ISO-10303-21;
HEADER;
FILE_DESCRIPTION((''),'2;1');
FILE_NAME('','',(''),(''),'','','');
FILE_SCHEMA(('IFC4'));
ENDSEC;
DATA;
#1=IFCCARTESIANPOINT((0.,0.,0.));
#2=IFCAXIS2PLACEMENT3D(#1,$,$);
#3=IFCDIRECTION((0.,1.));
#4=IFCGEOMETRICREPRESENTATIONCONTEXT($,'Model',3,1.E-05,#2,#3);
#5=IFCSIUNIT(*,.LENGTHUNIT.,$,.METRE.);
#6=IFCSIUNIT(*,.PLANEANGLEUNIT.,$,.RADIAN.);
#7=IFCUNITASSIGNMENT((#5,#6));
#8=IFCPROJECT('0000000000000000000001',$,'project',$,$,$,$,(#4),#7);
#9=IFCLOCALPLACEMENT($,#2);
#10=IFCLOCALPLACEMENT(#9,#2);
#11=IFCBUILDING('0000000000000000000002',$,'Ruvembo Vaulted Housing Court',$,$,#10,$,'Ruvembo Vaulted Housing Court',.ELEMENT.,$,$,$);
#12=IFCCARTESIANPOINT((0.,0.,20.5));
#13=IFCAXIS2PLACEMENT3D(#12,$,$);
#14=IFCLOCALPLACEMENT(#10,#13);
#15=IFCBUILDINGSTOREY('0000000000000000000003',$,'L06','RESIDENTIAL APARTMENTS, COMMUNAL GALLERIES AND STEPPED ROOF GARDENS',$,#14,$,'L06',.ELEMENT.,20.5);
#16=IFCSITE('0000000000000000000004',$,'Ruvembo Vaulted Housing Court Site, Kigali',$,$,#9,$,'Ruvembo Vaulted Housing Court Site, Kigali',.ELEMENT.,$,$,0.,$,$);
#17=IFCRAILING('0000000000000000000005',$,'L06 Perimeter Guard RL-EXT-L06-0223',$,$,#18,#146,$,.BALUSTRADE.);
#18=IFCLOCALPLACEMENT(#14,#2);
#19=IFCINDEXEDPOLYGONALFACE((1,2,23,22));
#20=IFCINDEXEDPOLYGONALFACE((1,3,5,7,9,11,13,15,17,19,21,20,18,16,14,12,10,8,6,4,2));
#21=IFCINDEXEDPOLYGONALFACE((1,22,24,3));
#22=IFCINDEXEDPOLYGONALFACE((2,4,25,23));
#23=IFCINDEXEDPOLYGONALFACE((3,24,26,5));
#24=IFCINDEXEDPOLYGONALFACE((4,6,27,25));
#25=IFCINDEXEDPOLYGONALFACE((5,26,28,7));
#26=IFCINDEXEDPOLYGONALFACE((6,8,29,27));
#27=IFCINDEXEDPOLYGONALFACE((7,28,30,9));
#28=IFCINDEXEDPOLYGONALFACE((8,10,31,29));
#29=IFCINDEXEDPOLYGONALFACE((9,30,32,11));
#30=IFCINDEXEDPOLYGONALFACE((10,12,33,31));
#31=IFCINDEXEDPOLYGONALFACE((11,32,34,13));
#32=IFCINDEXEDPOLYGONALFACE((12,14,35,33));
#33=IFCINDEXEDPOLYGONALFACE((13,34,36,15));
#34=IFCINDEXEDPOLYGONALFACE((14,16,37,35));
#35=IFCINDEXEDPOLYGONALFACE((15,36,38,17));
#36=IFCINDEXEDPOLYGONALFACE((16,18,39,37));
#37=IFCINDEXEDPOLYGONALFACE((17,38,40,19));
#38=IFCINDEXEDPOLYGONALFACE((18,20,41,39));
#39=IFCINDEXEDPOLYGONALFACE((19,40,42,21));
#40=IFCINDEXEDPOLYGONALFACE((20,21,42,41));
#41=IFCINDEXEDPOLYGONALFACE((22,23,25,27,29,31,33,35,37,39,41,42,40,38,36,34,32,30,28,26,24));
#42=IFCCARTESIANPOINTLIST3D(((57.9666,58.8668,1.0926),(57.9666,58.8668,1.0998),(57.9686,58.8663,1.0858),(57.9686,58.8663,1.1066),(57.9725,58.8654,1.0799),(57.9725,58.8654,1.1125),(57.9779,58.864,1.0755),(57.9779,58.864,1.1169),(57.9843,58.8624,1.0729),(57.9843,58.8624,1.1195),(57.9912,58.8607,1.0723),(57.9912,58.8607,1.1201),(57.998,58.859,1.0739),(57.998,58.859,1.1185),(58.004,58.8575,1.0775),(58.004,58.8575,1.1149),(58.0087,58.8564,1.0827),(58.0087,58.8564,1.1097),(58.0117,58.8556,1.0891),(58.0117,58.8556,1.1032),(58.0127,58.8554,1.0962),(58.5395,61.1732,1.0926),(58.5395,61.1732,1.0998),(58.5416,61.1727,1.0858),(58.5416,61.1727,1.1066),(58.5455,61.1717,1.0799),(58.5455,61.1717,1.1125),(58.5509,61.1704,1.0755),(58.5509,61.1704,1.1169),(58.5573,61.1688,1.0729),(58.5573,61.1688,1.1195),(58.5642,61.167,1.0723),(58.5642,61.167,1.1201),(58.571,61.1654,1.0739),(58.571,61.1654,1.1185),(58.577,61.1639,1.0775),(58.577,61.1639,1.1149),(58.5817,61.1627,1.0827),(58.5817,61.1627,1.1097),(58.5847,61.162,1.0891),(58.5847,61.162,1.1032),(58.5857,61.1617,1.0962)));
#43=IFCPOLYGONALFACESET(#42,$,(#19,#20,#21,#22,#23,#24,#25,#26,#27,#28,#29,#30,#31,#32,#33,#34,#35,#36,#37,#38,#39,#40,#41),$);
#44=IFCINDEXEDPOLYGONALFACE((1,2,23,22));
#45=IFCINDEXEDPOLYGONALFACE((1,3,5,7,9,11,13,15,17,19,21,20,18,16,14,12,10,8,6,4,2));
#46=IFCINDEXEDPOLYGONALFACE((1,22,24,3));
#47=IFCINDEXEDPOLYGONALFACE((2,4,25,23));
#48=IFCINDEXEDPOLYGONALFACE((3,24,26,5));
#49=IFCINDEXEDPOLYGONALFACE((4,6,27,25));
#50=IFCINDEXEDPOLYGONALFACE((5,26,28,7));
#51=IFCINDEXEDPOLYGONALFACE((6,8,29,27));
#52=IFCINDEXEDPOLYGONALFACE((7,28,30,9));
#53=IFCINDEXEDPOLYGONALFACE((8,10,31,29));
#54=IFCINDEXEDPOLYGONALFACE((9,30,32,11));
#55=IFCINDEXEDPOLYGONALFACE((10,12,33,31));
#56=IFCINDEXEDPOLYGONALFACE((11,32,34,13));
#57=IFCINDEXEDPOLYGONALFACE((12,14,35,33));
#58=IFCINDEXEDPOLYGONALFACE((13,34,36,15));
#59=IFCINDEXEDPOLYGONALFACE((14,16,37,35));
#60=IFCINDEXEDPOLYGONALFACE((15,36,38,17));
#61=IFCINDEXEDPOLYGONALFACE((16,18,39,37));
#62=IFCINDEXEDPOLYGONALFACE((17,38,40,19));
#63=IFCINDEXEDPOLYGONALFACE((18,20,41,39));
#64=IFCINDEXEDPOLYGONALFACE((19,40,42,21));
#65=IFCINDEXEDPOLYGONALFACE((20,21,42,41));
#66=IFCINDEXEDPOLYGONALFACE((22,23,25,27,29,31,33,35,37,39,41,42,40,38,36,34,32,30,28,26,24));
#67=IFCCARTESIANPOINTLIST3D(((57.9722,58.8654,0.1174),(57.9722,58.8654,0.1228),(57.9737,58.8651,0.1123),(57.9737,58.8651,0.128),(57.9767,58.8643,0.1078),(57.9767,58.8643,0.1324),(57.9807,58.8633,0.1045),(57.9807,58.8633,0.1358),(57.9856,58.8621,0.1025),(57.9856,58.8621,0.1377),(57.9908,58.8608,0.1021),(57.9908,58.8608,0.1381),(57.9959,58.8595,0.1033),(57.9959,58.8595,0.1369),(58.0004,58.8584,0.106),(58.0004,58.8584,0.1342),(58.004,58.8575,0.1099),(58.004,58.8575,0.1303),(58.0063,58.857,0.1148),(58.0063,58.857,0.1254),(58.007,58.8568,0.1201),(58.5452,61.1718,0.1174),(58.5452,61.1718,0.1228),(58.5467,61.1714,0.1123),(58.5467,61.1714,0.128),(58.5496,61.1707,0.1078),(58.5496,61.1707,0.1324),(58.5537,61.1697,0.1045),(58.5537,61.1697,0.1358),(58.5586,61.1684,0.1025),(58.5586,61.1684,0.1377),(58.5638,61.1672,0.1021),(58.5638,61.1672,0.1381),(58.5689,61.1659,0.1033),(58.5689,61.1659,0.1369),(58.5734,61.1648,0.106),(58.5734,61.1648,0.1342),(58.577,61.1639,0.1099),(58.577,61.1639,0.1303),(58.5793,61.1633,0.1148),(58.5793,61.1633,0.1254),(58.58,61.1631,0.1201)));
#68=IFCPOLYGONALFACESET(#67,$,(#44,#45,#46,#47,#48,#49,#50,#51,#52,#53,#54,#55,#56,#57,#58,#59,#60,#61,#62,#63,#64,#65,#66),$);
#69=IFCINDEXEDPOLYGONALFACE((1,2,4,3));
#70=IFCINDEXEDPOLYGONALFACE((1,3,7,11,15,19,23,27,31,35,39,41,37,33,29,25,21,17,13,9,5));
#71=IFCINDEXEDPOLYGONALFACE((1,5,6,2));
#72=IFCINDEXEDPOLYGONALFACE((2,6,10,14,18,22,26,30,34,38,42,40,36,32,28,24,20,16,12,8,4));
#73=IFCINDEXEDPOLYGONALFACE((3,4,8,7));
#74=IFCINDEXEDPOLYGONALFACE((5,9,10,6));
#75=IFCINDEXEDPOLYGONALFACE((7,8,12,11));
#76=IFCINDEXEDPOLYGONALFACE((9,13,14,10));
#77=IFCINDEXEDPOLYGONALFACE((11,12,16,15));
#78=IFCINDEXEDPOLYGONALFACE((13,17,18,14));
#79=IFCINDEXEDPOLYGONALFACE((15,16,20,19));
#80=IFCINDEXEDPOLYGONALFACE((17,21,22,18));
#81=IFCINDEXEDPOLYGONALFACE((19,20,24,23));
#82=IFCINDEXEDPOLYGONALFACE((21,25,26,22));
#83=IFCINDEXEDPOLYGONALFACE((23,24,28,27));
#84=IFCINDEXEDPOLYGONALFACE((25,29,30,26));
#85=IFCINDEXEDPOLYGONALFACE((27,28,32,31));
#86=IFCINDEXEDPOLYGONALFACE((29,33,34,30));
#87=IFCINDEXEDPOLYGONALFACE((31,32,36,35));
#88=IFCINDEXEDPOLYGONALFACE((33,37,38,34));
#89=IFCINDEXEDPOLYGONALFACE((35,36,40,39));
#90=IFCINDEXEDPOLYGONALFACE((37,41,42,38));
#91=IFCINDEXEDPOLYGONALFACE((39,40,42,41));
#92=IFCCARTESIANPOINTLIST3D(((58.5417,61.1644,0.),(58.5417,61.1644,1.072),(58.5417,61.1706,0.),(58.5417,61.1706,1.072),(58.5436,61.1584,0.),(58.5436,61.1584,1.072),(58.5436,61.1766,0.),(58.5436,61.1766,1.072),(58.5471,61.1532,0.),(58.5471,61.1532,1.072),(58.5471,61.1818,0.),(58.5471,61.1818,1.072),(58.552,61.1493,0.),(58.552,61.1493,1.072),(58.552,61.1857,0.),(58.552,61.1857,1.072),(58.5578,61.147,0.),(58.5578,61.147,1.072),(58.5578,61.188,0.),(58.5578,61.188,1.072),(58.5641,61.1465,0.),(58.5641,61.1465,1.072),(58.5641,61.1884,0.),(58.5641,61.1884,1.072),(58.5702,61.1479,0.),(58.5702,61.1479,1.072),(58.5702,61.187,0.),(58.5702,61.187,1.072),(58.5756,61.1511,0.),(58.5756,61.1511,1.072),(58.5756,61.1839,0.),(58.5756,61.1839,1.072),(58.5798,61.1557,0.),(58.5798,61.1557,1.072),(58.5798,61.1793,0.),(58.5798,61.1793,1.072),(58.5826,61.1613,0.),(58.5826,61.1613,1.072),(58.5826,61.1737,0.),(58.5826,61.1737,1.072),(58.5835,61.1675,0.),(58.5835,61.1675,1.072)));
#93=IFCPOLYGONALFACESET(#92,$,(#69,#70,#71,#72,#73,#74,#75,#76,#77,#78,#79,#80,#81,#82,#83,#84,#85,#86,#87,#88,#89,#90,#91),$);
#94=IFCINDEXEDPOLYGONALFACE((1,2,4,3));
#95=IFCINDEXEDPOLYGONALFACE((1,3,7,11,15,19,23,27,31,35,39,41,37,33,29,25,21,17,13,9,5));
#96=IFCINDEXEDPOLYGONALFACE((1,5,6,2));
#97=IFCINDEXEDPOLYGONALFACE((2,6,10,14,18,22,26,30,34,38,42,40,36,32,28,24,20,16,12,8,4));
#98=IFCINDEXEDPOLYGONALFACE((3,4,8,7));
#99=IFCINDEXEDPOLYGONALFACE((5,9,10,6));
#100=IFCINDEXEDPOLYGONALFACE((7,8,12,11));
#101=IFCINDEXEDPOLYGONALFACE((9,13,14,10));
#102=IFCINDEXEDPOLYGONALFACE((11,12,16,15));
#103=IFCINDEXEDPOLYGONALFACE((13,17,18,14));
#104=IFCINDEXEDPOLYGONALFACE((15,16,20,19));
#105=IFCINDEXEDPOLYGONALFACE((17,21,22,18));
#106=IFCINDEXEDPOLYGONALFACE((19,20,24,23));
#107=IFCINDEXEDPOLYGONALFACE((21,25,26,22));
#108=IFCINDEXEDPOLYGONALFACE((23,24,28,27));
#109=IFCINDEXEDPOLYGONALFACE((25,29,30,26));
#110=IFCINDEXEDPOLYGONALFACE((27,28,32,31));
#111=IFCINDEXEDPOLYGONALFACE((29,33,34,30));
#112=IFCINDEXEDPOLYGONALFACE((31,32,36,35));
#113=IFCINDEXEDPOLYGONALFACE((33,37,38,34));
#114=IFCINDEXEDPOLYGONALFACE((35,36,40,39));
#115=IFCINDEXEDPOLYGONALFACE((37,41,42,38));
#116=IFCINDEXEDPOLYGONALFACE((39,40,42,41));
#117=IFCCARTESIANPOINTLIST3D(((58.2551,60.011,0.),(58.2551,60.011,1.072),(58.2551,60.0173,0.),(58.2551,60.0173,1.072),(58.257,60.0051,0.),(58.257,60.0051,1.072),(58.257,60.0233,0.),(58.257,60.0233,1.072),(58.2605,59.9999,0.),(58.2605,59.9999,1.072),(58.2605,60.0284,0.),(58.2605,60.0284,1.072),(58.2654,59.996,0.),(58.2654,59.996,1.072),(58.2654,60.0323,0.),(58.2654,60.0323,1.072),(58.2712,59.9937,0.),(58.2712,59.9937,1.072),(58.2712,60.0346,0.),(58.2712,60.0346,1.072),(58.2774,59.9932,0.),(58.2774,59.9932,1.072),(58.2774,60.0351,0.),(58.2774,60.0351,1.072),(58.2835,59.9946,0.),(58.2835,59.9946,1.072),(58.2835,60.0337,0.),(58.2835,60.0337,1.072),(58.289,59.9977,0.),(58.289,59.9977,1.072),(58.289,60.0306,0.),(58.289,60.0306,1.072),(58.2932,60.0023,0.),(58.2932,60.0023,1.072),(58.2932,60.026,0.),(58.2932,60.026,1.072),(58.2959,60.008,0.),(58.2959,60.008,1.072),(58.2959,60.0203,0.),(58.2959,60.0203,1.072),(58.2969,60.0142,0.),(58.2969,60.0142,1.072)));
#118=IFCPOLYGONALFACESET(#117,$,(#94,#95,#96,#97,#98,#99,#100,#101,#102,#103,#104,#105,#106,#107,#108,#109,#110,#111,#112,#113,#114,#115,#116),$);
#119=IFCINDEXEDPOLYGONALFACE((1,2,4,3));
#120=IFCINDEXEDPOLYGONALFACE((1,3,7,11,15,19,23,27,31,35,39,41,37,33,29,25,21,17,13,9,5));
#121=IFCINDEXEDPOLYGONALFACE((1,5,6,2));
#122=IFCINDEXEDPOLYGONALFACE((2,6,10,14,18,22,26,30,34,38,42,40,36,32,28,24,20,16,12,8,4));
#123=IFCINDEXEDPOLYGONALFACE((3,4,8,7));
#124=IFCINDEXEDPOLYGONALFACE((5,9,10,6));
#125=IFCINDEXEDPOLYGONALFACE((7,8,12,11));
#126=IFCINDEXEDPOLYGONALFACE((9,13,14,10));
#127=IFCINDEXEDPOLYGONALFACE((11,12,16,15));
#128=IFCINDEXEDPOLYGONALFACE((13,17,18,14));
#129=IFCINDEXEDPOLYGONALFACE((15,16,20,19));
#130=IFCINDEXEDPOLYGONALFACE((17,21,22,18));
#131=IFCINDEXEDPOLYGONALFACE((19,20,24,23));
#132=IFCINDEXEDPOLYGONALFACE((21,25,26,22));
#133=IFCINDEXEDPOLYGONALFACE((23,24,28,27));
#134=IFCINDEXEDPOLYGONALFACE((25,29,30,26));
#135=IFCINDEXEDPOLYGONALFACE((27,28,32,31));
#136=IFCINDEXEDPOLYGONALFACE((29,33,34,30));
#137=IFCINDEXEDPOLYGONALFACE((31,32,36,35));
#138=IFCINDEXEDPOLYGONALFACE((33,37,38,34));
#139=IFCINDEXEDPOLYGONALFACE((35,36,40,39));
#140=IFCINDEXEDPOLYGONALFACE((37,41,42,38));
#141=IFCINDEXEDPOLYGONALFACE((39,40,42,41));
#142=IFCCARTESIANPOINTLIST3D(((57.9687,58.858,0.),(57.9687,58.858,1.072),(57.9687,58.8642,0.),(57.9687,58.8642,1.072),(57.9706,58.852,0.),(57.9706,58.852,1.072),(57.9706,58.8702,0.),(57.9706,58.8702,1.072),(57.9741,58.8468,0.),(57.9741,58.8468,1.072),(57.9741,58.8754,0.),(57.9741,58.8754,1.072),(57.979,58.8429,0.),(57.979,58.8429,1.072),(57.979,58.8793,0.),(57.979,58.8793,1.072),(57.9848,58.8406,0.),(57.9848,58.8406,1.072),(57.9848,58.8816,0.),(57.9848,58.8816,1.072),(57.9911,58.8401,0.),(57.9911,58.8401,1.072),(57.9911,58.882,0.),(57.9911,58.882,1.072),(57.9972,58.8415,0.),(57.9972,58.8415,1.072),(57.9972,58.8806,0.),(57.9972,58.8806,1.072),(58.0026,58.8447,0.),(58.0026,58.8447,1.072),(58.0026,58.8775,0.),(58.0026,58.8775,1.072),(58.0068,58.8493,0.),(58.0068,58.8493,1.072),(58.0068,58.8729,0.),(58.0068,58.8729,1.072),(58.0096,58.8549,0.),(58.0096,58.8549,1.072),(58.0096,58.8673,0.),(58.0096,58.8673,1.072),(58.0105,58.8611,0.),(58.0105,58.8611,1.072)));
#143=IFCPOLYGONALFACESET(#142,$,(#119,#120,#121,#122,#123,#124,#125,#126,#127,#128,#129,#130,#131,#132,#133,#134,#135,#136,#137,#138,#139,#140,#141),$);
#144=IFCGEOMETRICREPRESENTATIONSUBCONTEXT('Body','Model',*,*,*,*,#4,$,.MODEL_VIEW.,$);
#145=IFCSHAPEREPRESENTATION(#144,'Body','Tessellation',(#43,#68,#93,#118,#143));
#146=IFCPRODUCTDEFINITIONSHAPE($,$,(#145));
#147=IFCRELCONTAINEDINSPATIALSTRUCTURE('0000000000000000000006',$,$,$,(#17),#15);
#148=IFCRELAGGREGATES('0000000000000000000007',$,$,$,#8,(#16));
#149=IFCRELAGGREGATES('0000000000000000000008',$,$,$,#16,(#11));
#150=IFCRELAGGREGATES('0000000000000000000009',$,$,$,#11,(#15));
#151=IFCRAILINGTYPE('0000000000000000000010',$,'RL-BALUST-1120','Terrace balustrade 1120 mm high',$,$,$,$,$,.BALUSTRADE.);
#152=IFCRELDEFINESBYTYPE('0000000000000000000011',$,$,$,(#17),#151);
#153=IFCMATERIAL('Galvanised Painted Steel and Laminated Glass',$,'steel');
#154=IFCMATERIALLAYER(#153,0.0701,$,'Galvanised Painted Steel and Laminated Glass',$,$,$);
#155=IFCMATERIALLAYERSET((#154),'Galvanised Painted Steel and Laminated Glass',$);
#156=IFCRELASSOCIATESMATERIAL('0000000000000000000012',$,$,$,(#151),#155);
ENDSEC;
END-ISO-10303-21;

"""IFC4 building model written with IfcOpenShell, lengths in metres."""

from ifc_helpers import new_model, si_unit, direction, frame, origin, origin_2d, place, context, subcontext, project, spatial, circle, extrude, material, layer, layer_set, type_object, element, save


model = new_model("IFC4")

# Units and contexts
model_context = context("Model", 3, precision=1e-05, world=origin(), true_north=direction((0.0, 1.0)))
body_context = subcontext(model_context, "Body", "Model", "MODEL_VIEW")
ifc_project = project(units=[si_unit("LENGTHUNIT", "METRE"), si_unit("PLANEANGLEUNIT", "RADIAN")], contexts=[model_context])

# Site, building, storey
site_placement = place(None, origin())
site = spatial("IfcSite", under=ifc_project, at=site_placement, Name="Ruvembo Vaulted Housing Court Site, Kigali", LongName="Ruvembo Vaulted Housing Court Site, Kigali", CompositionType="ELEMENT", RefElevation=0.0)
building_placement = place(site_placement, origin())
building = spatial("IfcBuilding", under=site, at=building_placement, Name="Ruvembo Vaulted Housing Court", LongName="Ruvembo Vaulted Housing Court", CompositionType="ELEMENT")
storey_placement = place(building_placement, frame((0.0, 0.0, 20.5)))
storey = spatial("IfcBuildingStorey", under=building, at=storey_placement, Name="L06", Description="RESIDENTIAL APARTMENTS, COMMUNAL GALLERIES AND STEPPED ROOF GARDENS", LongName="L06", CompositionType="ELEMENT", Elevation=20.5)

# Railing
ifc_material_1 = material(Name="Galvanised Painted Steel and Laminated Glass", Category="steel")
ifc_layer = layer(ifc_material_1, 0.0701, Name="Galvanised Painted Steel and Laminated Glass")
ifc_layer_set = layer_set([ifc_layer], Name="Galvanised Painted Steel and Laminated Glass")
railing_type = type_object("IfcRailingType", Name="RL-BALUST-1120", Description="Terrace balustrade 1120 mm high", PredefinedType="BALUSTRADE", material=ifc_layer_set)
railing_1_placement = place(storey_placement, frame((58.5625, 61.1675, 0.0)))
element("IfcRailing", 1, at=railing_1_placement, inside=storey, type_object=railing_type, Name="L06 Perimeter Guard RL-EXT-L06-0223", PredefinedType="BALUSTRADE", context=body_context, shape_type="SweptSolid", body=[
    extrude(circle(Radius=0.0239, at=origin_2d()), frame((0.0, 0.0, 1.0962), z_axis=(-0.241109, -0.970498, 0.0), x_axis=(0.970498, -0.241109, 0.0)), (0.0, 0.0, 1.0), 2.3765),
    extrude(circle(Radius=0.0181, at=origin_2d()), frame((0.0, 0.0, 0.1201), z_axis=(-0.241109, -0.970498, 0.0), x_axis=(0.970498, -0.241109, 0.0)), (0.0, 0.0, 1.0), 2.3765),
    extrude(circle(Radius=0.021, at=origin_2d()), origin(), (0.0, 0.0, 1.0), 1.072),
    extrude(circle(Radius=0.021, at=origin_2d()), frame((-0.2866, -1.1533, 0.0)), (0.0, 0.0, 1.0), 1.072),
    extrude(circle(Radius=0.021, at=origin_2d()), frame((-0.573, -2.3064, 0.0)), (0.0, 0.0, 1.0), 1.072),
])

save(model, "model.ifc")
